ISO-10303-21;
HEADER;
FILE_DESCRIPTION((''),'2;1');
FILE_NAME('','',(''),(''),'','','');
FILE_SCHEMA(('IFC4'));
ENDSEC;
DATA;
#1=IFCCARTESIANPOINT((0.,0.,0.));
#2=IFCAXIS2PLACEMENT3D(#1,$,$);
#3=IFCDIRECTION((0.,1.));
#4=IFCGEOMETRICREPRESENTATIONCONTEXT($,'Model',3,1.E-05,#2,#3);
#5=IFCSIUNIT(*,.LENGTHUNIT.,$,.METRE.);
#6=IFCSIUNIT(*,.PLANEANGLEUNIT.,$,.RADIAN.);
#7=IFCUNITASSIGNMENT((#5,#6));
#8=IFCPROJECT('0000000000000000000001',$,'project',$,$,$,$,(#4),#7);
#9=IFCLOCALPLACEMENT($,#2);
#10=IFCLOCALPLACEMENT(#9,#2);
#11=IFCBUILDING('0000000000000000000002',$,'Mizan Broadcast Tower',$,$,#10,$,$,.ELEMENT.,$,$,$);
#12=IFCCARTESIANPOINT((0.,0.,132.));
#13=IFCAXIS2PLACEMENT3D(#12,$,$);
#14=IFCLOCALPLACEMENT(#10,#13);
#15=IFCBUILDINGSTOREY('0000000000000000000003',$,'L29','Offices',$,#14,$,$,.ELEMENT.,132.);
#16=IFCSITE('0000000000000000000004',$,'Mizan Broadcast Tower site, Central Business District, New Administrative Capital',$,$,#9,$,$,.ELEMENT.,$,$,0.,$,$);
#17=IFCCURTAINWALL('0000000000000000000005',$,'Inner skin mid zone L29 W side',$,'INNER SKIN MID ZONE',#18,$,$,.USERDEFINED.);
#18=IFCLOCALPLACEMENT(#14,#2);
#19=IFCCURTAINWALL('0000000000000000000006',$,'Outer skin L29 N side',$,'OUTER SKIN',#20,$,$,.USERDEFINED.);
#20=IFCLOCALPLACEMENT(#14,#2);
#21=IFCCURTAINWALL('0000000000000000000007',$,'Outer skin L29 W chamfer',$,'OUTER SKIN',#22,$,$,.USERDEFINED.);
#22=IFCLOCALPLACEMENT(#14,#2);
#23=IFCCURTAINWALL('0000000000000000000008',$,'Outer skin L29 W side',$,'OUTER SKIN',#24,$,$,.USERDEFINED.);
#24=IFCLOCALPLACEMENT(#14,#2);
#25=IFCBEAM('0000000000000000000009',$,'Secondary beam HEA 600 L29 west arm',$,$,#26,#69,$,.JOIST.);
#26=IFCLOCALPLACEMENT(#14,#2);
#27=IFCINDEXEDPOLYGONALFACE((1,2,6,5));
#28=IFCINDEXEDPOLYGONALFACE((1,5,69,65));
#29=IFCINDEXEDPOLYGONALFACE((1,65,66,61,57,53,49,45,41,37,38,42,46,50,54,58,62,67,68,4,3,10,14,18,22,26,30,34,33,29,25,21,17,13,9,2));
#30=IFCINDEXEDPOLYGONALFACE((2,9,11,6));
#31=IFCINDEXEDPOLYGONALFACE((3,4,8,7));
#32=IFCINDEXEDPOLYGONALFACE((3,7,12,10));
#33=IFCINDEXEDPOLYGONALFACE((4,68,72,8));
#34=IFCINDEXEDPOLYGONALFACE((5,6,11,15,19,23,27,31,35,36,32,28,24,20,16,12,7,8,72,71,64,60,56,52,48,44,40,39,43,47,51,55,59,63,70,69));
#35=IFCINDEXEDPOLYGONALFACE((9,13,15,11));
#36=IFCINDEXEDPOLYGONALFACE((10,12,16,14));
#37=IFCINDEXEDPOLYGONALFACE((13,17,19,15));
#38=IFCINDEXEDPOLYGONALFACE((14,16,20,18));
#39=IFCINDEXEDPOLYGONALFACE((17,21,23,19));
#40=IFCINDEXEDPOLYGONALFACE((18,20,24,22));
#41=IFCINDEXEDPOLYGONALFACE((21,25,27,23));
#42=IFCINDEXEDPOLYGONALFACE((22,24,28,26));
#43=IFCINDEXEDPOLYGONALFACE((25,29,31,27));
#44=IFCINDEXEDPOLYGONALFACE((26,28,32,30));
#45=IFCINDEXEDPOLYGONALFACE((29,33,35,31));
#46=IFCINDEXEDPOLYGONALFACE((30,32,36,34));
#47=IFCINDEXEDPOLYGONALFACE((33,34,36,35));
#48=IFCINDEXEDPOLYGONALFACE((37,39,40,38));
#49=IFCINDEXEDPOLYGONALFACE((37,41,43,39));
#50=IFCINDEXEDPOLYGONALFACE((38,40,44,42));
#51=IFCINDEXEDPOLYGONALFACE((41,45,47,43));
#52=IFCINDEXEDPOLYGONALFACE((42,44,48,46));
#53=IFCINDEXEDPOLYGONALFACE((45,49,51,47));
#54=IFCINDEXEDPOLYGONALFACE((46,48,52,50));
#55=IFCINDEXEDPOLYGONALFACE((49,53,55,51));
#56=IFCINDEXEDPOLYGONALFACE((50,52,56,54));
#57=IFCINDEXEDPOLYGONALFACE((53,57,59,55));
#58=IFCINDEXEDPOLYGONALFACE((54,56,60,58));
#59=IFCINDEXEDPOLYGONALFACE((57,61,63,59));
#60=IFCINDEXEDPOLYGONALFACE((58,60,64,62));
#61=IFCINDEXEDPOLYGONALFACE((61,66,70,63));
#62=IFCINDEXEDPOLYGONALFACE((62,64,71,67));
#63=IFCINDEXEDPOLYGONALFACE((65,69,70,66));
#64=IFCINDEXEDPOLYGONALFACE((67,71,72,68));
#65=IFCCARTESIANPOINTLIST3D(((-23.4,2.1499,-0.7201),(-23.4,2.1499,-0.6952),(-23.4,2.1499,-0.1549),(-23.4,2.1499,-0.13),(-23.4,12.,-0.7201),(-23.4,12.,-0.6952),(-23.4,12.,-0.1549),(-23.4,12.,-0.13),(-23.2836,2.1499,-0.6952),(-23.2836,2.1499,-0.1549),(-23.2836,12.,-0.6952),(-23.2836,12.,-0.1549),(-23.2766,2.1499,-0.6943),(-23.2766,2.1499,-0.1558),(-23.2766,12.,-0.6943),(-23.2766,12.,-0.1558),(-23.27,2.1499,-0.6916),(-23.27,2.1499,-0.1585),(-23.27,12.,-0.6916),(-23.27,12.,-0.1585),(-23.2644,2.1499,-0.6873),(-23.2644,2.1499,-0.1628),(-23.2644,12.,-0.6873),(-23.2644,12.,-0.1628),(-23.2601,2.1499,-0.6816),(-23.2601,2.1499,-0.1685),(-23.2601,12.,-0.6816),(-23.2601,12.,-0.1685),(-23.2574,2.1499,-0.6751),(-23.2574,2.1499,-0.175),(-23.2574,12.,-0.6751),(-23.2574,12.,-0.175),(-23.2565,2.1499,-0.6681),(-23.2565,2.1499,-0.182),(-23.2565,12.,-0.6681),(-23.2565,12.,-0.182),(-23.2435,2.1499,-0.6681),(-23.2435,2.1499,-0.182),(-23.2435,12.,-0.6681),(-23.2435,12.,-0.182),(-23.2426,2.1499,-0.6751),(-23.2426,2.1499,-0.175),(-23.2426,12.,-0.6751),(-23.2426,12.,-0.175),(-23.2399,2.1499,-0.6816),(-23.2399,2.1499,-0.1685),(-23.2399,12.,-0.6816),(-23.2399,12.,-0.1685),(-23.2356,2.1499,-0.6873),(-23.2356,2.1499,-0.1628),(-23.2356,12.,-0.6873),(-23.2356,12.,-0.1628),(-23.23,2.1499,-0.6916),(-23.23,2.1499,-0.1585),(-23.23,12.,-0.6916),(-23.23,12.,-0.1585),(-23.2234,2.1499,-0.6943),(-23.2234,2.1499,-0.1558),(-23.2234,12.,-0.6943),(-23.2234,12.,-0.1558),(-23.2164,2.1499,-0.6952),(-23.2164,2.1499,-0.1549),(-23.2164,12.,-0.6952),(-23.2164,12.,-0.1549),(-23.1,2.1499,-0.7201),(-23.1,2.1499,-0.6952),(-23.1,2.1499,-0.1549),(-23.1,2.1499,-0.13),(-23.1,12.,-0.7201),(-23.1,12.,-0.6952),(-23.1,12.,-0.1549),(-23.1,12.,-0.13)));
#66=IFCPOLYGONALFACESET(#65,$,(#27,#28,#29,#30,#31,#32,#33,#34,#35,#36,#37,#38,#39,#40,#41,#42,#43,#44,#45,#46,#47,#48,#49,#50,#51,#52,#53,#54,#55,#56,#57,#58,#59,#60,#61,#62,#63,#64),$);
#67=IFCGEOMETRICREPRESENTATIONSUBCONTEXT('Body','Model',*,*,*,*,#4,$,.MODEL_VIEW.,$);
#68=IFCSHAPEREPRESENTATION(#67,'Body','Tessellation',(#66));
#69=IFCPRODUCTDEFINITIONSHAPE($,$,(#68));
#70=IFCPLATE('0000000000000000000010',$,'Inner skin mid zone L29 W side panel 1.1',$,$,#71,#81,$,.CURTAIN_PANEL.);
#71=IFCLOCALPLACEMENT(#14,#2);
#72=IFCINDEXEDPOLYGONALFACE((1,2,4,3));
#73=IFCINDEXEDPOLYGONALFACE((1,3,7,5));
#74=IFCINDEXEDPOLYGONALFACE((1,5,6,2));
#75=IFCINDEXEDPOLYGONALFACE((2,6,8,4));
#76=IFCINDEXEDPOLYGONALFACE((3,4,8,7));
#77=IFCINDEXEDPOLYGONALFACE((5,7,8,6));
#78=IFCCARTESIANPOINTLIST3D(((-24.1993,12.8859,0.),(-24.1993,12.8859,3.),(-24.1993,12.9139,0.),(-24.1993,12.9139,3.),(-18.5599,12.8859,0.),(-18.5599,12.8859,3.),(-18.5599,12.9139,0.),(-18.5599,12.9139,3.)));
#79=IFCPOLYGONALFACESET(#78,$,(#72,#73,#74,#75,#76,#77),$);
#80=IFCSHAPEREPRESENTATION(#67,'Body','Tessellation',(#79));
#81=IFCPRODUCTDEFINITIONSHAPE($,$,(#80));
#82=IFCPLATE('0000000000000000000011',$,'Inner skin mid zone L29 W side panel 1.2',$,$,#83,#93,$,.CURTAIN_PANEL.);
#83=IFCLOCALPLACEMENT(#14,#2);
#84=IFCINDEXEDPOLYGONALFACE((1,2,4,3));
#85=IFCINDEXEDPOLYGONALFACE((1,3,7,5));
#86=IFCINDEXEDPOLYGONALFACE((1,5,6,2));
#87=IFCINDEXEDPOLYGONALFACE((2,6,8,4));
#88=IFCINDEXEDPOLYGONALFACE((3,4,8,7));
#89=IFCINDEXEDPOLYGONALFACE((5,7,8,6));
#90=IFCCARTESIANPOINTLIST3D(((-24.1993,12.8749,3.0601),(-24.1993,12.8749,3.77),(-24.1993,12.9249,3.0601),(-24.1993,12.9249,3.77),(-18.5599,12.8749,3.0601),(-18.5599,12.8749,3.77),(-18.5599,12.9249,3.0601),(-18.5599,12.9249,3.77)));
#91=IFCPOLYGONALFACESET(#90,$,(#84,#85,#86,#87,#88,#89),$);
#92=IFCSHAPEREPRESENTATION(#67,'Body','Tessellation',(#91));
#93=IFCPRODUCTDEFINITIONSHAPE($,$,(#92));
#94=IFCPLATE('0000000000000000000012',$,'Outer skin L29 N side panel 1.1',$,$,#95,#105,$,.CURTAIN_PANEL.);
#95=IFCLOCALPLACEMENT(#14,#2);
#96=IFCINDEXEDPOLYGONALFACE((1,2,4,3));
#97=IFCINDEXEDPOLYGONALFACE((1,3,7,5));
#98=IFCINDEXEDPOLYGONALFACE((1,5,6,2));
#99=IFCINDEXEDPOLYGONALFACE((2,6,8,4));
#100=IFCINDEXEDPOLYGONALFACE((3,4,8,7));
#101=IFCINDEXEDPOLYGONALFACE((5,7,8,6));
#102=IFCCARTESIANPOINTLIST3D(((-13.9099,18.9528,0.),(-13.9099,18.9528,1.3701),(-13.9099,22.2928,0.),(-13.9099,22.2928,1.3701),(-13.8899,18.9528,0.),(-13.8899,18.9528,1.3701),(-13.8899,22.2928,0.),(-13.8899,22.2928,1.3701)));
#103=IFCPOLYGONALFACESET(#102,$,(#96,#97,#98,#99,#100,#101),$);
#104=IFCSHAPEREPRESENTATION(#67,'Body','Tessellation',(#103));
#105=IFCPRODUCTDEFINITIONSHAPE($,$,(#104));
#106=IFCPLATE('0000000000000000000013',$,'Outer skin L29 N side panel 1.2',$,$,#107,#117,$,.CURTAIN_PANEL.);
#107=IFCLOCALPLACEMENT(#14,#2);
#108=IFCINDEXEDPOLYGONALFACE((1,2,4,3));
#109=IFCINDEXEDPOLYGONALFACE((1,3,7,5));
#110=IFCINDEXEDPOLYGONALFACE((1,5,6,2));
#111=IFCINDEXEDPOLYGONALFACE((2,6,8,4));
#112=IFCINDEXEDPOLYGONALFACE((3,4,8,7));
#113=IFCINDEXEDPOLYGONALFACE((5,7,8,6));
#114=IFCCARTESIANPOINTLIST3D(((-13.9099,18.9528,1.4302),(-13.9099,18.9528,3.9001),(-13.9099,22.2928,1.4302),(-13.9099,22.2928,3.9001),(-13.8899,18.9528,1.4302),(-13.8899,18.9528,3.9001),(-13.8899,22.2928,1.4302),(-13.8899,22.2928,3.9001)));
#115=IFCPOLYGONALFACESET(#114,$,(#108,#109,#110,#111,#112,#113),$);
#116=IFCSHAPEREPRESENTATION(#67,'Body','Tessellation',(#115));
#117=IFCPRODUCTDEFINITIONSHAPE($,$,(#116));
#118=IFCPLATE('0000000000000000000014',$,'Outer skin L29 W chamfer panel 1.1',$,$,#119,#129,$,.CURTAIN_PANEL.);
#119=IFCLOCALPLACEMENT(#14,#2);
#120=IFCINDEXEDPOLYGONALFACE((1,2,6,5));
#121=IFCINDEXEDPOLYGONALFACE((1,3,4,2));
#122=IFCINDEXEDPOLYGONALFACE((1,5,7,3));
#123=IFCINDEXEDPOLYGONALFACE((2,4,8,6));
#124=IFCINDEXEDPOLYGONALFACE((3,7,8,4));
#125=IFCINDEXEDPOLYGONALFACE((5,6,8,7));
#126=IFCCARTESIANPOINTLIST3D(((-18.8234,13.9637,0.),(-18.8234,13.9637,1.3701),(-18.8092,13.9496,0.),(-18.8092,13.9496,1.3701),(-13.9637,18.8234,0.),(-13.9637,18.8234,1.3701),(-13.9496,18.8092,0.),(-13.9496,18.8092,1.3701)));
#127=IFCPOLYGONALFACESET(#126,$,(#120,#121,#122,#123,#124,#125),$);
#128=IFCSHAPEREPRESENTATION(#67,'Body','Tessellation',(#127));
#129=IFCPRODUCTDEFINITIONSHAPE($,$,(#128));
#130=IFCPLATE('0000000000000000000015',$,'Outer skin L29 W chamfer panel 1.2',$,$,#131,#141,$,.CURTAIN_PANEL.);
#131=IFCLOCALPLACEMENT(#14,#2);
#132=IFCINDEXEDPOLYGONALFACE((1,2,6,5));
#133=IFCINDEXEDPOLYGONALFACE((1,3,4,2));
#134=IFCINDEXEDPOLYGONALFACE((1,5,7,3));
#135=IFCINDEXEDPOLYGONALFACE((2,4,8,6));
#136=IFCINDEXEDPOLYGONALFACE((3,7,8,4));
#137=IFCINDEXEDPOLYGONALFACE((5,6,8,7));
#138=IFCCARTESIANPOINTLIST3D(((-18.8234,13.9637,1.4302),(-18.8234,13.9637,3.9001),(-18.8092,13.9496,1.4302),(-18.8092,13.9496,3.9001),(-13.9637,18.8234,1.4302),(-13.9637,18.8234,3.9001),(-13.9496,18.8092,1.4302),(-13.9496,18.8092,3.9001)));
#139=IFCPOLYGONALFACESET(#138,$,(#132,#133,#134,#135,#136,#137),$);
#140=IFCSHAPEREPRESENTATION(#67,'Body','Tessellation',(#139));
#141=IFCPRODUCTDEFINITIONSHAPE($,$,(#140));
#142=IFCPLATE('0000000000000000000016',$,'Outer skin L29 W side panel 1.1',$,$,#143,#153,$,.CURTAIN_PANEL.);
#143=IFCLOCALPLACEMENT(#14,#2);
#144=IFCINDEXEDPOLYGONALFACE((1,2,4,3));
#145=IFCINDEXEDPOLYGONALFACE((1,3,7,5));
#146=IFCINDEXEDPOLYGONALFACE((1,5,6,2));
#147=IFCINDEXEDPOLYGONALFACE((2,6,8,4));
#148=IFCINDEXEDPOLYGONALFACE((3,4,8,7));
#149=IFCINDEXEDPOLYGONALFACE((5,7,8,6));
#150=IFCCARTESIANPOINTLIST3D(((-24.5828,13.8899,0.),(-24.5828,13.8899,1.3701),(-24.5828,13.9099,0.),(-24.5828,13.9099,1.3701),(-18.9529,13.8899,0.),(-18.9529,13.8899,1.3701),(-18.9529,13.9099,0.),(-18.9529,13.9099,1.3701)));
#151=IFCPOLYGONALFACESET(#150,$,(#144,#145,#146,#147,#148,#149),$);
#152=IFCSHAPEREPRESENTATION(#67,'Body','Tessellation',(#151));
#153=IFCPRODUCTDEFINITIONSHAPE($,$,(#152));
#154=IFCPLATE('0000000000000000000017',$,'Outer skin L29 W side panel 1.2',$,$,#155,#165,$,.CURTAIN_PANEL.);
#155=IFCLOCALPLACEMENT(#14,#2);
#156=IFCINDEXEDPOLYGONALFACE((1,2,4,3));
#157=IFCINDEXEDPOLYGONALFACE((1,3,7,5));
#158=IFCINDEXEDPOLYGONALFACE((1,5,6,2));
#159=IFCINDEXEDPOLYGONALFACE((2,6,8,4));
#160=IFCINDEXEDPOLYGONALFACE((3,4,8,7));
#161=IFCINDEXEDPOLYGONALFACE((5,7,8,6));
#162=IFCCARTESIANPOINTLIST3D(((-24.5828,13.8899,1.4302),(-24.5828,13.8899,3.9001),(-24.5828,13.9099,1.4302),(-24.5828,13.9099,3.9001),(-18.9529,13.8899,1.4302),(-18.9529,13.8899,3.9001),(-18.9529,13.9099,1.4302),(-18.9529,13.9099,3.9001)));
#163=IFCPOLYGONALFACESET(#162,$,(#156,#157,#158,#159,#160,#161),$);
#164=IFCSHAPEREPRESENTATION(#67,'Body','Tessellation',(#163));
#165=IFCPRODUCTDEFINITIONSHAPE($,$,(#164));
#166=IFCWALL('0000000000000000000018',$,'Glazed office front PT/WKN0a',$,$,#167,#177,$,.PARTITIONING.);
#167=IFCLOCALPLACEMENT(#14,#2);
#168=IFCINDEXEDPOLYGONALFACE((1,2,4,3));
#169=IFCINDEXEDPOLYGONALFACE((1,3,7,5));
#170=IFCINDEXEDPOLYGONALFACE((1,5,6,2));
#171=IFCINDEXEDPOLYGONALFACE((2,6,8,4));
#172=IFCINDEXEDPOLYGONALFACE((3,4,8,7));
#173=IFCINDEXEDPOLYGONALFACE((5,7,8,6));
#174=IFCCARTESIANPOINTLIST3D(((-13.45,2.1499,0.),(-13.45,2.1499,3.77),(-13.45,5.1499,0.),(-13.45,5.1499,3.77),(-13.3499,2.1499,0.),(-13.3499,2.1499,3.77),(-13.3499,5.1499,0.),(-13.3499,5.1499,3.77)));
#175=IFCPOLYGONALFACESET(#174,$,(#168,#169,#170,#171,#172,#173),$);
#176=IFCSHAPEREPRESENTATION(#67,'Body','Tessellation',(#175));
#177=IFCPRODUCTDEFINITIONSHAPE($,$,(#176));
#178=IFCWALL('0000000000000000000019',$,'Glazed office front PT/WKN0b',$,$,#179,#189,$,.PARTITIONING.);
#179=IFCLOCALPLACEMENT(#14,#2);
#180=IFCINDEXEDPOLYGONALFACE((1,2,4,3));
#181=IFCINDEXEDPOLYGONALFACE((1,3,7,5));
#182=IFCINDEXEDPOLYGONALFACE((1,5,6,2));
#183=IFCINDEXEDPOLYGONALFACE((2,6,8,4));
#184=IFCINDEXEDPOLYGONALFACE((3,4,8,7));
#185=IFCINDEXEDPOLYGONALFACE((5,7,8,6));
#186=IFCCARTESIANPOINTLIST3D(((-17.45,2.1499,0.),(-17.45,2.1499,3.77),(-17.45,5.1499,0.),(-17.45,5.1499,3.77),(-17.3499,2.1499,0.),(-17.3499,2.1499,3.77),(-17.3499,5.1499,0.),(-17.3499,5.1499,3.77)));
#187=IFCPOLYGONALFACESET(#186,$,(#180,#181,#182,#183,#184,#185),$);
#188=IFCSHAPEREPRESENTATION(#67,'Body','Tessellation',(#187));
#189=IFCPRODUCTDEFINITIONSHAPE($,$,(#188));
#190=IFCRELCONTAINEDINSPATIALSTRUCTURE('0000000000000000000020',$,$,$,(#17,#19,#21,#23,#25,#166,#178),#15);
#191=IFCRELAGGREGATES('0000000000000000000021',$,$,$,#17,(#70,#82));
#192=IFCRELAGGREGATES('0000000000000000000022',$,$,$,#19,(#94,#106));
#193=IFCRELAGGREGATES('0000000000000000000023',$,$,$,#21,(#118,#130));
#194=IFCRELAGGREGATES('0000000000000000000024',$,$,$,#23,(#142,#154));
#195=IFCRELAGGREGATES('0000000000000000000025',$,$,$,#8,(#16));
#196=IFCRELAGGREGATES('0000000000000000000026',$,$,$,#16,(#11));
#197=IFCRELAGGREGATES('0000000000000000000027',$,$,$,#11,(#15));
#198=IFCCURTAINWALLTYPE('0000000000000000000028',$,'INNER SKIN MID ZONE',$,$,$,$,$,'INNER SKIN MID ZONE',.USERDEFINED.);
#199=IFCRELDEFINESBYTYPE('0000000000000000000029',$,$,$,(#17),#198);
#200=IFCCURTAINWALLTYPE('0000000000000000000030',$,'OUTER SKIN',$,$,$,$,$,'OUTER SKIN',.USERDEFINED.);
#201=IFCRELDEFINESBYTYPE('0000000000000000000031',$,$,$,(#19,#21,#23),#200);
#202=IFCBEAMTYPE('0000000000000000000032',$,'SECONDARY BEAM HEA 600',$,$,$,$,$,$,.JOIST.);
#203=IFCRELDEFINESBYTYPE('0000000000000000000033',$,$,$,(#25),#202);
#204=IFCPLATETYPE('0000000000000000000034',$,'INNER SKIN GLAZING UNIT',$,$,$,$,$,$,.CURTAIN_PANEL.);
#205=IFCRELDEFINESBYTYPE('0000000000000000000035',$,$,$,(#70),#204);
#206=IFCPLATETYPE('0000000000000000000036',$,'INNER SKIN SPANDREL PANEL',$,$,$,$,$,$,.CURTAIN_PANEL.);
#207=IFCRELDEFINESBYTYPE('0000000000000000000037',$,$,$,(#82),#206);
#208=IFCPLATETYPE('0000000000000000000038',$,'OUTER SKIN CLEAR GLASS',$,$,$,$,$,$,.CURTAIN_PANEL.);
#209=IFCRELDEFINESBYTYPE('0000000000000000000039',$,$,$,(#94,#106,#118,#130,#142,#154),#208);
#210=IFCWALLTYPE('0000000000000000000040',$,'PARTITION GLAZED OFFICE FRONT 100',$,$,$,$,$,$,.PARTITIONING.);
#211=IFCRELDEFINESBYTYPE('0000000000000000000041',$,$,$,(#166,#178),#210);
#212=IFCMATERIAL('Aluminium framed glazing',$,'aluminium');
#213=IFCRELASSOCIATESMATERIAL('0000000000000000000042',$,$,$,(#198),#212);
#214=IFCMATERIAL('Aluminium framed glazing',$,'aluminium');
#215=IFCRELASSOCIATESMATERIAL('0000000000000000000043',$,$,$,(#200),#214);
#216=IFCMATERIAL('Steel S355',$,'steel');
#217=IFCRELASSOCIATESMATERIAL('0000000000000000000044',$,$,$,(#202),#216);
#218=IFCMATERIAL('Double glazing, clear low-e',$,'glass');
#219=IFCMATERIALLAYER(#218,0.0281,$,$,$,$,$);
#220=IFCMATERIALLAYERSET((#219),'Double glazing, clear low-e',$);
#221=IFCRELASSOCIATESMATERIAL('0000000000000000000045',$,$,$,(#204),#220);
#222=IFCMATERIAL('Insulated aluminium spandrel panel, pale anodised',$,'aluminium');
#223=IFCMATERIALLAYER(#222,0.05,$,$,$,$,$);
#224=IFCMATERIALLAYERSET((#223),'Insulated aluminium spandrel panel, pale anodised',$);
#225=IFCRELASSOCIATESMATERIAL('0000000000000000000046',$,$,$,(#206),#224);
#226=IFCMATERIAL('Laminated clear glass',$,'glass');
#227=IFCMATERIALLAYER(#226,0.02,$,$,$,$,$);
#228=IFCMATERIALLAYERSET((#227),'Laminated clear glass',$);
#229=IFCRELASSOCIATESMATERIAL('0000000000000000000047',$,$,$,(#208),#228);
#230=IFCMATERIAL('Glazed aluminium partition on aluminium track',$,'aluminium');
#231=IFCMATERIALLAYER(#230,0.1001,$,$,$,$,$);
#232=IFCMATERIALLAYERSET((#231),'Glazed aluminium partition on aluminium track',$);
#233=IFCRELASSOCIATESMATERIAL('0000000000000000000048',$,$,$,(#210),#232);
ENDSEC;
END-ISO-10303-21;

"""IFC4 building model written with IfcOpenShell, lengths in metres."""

from ifc_helpers import new_model, si_unit, direction, frame, frame_2d, origin, origin_2d, place, context, subcontext, project, spatial, rectangle, i_section, extrude, material, layer, layer_set, material_profile, profile_set, type_object, element, aggregate, save


model = new_model("IFC4")

# Units and contexts
model_context = context("Model", 3, precision=1e-05, world=origin(), true_north=direction((0.0, 1.0)))
body_context = subcontext(model_context, "Body", "Model", "MODEL_VIEW")
ifc_project = project(units=[si_unit("LENGTHUNIT", "METRE"), si_unit("PLANEANGLEUNIT", "RADIAN")], contexts=[model_context])

# Site, building, storey
site_placement = place(None, origin())
site = spatial("IfcSite", under=ifc_project, at=site_placement, Name="Mizan Broadcast Tower site, Central Business District, New Administrative Capital", CompositionType="ELEMENT", RefElevation=0.0)
building_placement = place(site_placement, origin())
building = spatial("IfcBuilding", under=site, at=building_placement, Name="Mizan Broadcast Tower", CompositionType="ELEMENT")
storey_placement = place(building_placement, frame((0.0, 0.0, 132.0)))
storey = spatial("IfcBuildingStorey", under=building, at=storey_placement, Name="L29", Description="Offices", CompositionType="ELEMENT", Elevation=132.0)

# Curtain wall
ifc_material_1 = material(Name="Aluminium framed glazing", Category="aluminium")
curtain_wall_type_1 = type_object("IfcCurtainWallType", Name="INNER SKIN MID ZONE", ElementType="INNER SKIN MID ZONE", PredefinedType="USERDEFINED", material=ifc_material_1)
curtain_wall_1_placement = place(storey_placement, origin())
curtain_wall_1 = element("IfcCurtainWall", 1, at=curtain_wall_1_placement, inside=storey, type_object=curtain_wall_type_1, Name="Inner skin mid zone L29 W side", ObjectType="INNER SKIN MID ZONE", PredefinedType="USERDEFINED")

# Curtain walls
ifc_material_2 = material(Name="Aluminium framed glazing", Category="aluminium")
curtain_wall_type_2 = type_object("IfcCurtainWallType", Name="OUTER SKIN", ElementType="OUTER SKIN", PredefinedType="USERDEFINED", material=ifc_material_2)
curtain_wall_2_placement = place(storey_placement, origin())
curtain_wall_2 = element("IfcCurtainWall", 2, at=curtain_wall_2_placement, inside=storey, type_object=curtain_wall_type_2, Name="Outer skin L29 N side", ObjectType="OUTER SKIN", PredefinedType="USERDEFINED")
curtain_wall_3_placement = place(storey_placement, origin())
curtain_wall_3 = element("IfcCurtainWall", 3, at=curtain_wall_3_placement, inside=storey, type_object=curtain_wall_type_2, Name="Outer skin L29 W chamfer", ObjectType="OUTER SKIN", PredefinedType="USERDEFINED")
curtain_wall_4_placement = place(storey_placement, origin())
curtain_wall_4 = element("IfcCurtainWall", 4, at=curtain_wall_4_placement, inside=storey, type_object=curtain_wall_type_2, Name="Outer skin L29 W side", ObjectType="OUTER SKIN", PredefinedType="USERDEFINED")

# Beam
ifc_material_3 = material(Name="Steel S355", Category="steel")
ifc_material_profile_1 = material_profile(ifc_material_3, i_section(OverallWidth=0.3, OverallDepth=0.5901, WebThickness=0.0129, FlangeThickness=0.0249, FilletRadius=0.0271, at=origin_2d()), Name="HEA 600")
ifc_profile_set_1 = profile_set([ifc_material_profile_1], Name="Steel S355")
beam_type_1 = type_object("IfcBeamType", Name="SECONDARY BEAM HEA 600", PredefinedType="JOIST", material=ifc_profile_set_1)
for number, where, z_axis, x_axis, name in (
    (5, (-23.25, 12.0, -0.425), (0.0, -1.0, 0.0), (1.0, 0.0, 0.0), "Secondary beam HEA 600 L29 west arm"),
):
    element("IfcBeam", number, at=place(storey_placement, frame(where, z_axis=z_axis, x_axis=x_axis)), inside=storey, type_object=beam_type_1, Name=name, PredefinedType="JOIST", context=body_context, shape_type="SweptSolid", body=[
        extrude(i_section(OverallWidth=0.3, OverallDepth=0.5901, WebThickness=0.0129, FlangeThickness=0.0249, FilletRadius=0.0271, at=origin_2d()), origin(), (0.0, 0.0, 1.0), 9.8501),
    ])

# Plates
ifc_material_4 = material(Name="Double glazing, clear low-e", Category="glass")
ifc_layer_1 = layer(ifc_material_4, 0.0281)
ifc_layer_set_1 = layer_set([ifc_layer_1], Name="Double glazing, clear low-e")
plate_type_1 = type_object("IfcPlateType", Name="INNER SKIN GLAZING UNIT", PredefinedType="CURTAIN_PANEL", material=ifc_layer_set_1)
plate_1_placement = place(storey_placement, frame((-21.3796, 12.8999, 0.0), z_axis=(0.0, 0.0, 1.0), x_axis=(-1.0, 0.0, 0.0)))
plate_1 = element("IfcPlate", 6, at=plate_1_placement, type_object=plate_type_1, Name="Inner skin mid zone L29 W side panel 1.1", PredefinedType="CURTAIN_PANEL", context=body_context, shape_type="SweptSolid", body=[
    extrude(rectangle(XDim=5.6394, YDim=0.0281, at=origin_2d()), origin(), (0.0, 0.0, 1.0), 3.0),
])
ifc_material_5 = material(Name="Insulated aluminium spandrel panel, pale anodised", Category="aluminium")
ifc_layer_2 = layer(ifc_material_5, 0.05)
ifc_layer_set_2 = layer_set([ifc_layer_2], Name="Insulated aluminium spandrel panel, pale anodised")
plate_type_2 = type_object("IfcPlateType", Name="INNER SKIN SPANDREL PANEL", PredefinedType="CURTAIN_PANEL", material=ifc_layer_set_2)
plate_2_placement = place(storey_placement, frame((-21.3796, 12.8999, 3.0601), z_axis=(0.0, 0.0, 1.0), x_axis=(-1.0, 0.0, 0.0)))
plate_2 = element("IfcPlate", 7, at=plate_2_placement, type_object=plate_type_2, Name="Inner skin mid zone L29 W side panel 1.2", PredefinedType="CURTAIN_PANEL", context=body_context, shape_type="SweptSolid", body=[
    extrude(rectangle(XDim=5.6394, YDim=0.05, at=origin_2d()), origin(), (0.0, 0.0, 1.0), 0.71),
])
aggregate(curtain_wall_1, [plate_1, plate_2])
ifc_material_6 = material(Name="Laminated clear glass", Category="glass")
ifc_layer_3 = layer(ifc_material_6, 0.02)
ifc_layer_set_3 = layer_set([ifc_layer_3], Name="Laminated clear glass")
plate_type_3 = type_object("IfcPlateType", Name="OUTER SKIN CLEAR GLASS", PredefinedType="CURTAIN_PANEL", material=ifc_layer_set_3)
plate_3_placement = place(storey_placement, frame((-13.8999, 20.6228, 0.0), z_axis=(0.0, 0.0, 1.0), x_axis=(0.0, -1.0, 0.0)))
plate_3 = element("IfcPlate", 8, at=plate_3_placement, type_object=plate_type_3, Name="Outer skin L29 N side panel 1.1", PredefinedType="CURTAIN_PANEL", context=body_context, shape_type="SweptSolid", body=[
    extrude(rectangle(XDim=3.3401, YDim=0.02, at=origin_2d()), origin(), (0.0, 0.0, 1.0), 1.3701),
])
plate_4_placement = place(storey_placement, frame((-13.8999, 20.6228, 1.4302), z_axis=(0.0, 0.0, 1.0), x_axis=(0.0, -1.0, 0.0)))
plate_4 = element("IfcPlate", 9, at=plate_4_placement, type_object=plate_type_3, Name="Outer skin L29 N side panel 1.2", PredefinedType="CURTAIN_PANEL", context=body_context, shape_type="SweptSolid", body=[
    extrude(rectangle(XDim=3.3401, YDim=0.02, at=origin_2d()), origin(), (0.0, 0.0, 1.0), 2.47),
])
aggregate(curtain_wall_2, [plate_3, plate_4])
plate_5_placement = place(storey_placement, frame((-16.3865, 16.3865, 0.0), z_axis=(0.0, 0.0, 1.0), x_axis=(-0.707107, -0.707107, 0.0)))
plate_5 = element("IfcPlate", 10, at=plate_5_placement, type_object=plate_type_3, Name="Outer skin L29 W chamfer panel 1.1", PredefinedType="CURTAIN_PANEL", context=body_context, shape_type="SweptSolid", body=[
    extrude(rectangle(XDim=6.8726, YDim=0.02, at=origin_2d()), origin(), (0.0, 0.0, 1.0), 1.3701),
])
plate_6_placement = place(storey_placement, frame((-16.3865, 16.3865, 1.4302), z_axis=(0.0, 0.0, 1.0), x_axis=(-0.707107, -0.707107, 0.0)))
plate_6 = element("IfcPlate", 11, at=plate_6_placement, type_object=plate_type_3, Name="Outer skin L29 W chamfer panel 1.2", PredefinedType="CURTAIN_PANEL", context=body_context, shape_type="SweptSolid", body=[
    extrude(rectangle(XDim=6.8726, YDim=0.02, at=origin_2d()), origin(), (0.0, 0.0, 1.0), 2.47),
])
aggregate(curtain_wall_3, [plate_5, plate_6])
plate_7_placement = place(storey_placement, frame((-21.7678, 13.8999, 0.0), z_axis=(0.0, 0.0, 1.0), x_axis=(-1.0, 0.0, 0.0)))
plate_7 = element("IfcPlate", 12, at=plate_7_placement, type_object=plate_type_3, Name="Outer skin L29 W side panel 1.1", PredefinedType="CURTAIN_PANEL", context=body_context, shape_type="SweptSolid", body=[
    extrude(rectangle(XDim=5.6299, YDim=0.02, at=origin_2d()), origin(), (0.0, 0.0, 1.0), 1.3701),
])
plate_8_placement = place(storey_placement, frame((-21.7678, 13.8999, 1.4302), z_axis=(0.0, 0.0, 1.0), x_axis=(-1.0, 0.0, 0.0)))
plate_8 = element("IfcPlate", 13, at=plate_8_placement, type_object=plate_type_3, Name="Outer skin L29 W side panel 1.2", PredefinedType="CURTAIN_PANEL", context=body_context, shape_type="SweptSolid", body=[
    extrude(rectangle(XDim=5.6299, YDim=0.02, at=origin_2d()), origin(), (0.0, 0.0, 1.0), 2.47),
])
aggregate(curtain_wall_4, [plate_7, plate_8])

# Walls
ifc_material_7 = material(Name="Glazed aluminium partition on aluminium track", Category="aluminium")
ifc_layer_4 = layer(ifc_material_7, 0.1001)
ifc_layer_set_4 = layer_set([ifc_layer_4], Name="Glazed aluminium partition on aluminium track")
wall_type = type_object("IfcWallType", Name="PARTITION GLAZED OFFICE FRONT 100", PredefinedType="PARTITIONING", material=ifc_layer_set_4)
for number, where, z_axis, x_axis, name in (
    (14, (-13.3999, 2.1499, 0.0), (0.0, 0.0, 1.0), (0.0, 1.0, 0.0), "Glazed office front PT/WKN0a"),
    (15, (-17.3999, 2.1499, 0.0), (0.0, 0.0, 1.0), (0.0, 1.0, 0.0), "Glazed office front PT/WKN0b"),
):
    element("IfcWall", number, at=place(storey_placement, frame(where, z_axis=z_axis, x_axis=x_axis)), inside=storey, type_object=wall_type, Name=name, PredefinedType="PARTITIONING", context=body_context, shape_type="SweptSolid", body=[
        extrude(rectangle(XDim=3.0, YDim=0.1001, at=frame_2d((1.5, 0.0))), origin(), (0.0, 0.0, 1.0), 3.77),
    ])

save(model, "model.ifc")
